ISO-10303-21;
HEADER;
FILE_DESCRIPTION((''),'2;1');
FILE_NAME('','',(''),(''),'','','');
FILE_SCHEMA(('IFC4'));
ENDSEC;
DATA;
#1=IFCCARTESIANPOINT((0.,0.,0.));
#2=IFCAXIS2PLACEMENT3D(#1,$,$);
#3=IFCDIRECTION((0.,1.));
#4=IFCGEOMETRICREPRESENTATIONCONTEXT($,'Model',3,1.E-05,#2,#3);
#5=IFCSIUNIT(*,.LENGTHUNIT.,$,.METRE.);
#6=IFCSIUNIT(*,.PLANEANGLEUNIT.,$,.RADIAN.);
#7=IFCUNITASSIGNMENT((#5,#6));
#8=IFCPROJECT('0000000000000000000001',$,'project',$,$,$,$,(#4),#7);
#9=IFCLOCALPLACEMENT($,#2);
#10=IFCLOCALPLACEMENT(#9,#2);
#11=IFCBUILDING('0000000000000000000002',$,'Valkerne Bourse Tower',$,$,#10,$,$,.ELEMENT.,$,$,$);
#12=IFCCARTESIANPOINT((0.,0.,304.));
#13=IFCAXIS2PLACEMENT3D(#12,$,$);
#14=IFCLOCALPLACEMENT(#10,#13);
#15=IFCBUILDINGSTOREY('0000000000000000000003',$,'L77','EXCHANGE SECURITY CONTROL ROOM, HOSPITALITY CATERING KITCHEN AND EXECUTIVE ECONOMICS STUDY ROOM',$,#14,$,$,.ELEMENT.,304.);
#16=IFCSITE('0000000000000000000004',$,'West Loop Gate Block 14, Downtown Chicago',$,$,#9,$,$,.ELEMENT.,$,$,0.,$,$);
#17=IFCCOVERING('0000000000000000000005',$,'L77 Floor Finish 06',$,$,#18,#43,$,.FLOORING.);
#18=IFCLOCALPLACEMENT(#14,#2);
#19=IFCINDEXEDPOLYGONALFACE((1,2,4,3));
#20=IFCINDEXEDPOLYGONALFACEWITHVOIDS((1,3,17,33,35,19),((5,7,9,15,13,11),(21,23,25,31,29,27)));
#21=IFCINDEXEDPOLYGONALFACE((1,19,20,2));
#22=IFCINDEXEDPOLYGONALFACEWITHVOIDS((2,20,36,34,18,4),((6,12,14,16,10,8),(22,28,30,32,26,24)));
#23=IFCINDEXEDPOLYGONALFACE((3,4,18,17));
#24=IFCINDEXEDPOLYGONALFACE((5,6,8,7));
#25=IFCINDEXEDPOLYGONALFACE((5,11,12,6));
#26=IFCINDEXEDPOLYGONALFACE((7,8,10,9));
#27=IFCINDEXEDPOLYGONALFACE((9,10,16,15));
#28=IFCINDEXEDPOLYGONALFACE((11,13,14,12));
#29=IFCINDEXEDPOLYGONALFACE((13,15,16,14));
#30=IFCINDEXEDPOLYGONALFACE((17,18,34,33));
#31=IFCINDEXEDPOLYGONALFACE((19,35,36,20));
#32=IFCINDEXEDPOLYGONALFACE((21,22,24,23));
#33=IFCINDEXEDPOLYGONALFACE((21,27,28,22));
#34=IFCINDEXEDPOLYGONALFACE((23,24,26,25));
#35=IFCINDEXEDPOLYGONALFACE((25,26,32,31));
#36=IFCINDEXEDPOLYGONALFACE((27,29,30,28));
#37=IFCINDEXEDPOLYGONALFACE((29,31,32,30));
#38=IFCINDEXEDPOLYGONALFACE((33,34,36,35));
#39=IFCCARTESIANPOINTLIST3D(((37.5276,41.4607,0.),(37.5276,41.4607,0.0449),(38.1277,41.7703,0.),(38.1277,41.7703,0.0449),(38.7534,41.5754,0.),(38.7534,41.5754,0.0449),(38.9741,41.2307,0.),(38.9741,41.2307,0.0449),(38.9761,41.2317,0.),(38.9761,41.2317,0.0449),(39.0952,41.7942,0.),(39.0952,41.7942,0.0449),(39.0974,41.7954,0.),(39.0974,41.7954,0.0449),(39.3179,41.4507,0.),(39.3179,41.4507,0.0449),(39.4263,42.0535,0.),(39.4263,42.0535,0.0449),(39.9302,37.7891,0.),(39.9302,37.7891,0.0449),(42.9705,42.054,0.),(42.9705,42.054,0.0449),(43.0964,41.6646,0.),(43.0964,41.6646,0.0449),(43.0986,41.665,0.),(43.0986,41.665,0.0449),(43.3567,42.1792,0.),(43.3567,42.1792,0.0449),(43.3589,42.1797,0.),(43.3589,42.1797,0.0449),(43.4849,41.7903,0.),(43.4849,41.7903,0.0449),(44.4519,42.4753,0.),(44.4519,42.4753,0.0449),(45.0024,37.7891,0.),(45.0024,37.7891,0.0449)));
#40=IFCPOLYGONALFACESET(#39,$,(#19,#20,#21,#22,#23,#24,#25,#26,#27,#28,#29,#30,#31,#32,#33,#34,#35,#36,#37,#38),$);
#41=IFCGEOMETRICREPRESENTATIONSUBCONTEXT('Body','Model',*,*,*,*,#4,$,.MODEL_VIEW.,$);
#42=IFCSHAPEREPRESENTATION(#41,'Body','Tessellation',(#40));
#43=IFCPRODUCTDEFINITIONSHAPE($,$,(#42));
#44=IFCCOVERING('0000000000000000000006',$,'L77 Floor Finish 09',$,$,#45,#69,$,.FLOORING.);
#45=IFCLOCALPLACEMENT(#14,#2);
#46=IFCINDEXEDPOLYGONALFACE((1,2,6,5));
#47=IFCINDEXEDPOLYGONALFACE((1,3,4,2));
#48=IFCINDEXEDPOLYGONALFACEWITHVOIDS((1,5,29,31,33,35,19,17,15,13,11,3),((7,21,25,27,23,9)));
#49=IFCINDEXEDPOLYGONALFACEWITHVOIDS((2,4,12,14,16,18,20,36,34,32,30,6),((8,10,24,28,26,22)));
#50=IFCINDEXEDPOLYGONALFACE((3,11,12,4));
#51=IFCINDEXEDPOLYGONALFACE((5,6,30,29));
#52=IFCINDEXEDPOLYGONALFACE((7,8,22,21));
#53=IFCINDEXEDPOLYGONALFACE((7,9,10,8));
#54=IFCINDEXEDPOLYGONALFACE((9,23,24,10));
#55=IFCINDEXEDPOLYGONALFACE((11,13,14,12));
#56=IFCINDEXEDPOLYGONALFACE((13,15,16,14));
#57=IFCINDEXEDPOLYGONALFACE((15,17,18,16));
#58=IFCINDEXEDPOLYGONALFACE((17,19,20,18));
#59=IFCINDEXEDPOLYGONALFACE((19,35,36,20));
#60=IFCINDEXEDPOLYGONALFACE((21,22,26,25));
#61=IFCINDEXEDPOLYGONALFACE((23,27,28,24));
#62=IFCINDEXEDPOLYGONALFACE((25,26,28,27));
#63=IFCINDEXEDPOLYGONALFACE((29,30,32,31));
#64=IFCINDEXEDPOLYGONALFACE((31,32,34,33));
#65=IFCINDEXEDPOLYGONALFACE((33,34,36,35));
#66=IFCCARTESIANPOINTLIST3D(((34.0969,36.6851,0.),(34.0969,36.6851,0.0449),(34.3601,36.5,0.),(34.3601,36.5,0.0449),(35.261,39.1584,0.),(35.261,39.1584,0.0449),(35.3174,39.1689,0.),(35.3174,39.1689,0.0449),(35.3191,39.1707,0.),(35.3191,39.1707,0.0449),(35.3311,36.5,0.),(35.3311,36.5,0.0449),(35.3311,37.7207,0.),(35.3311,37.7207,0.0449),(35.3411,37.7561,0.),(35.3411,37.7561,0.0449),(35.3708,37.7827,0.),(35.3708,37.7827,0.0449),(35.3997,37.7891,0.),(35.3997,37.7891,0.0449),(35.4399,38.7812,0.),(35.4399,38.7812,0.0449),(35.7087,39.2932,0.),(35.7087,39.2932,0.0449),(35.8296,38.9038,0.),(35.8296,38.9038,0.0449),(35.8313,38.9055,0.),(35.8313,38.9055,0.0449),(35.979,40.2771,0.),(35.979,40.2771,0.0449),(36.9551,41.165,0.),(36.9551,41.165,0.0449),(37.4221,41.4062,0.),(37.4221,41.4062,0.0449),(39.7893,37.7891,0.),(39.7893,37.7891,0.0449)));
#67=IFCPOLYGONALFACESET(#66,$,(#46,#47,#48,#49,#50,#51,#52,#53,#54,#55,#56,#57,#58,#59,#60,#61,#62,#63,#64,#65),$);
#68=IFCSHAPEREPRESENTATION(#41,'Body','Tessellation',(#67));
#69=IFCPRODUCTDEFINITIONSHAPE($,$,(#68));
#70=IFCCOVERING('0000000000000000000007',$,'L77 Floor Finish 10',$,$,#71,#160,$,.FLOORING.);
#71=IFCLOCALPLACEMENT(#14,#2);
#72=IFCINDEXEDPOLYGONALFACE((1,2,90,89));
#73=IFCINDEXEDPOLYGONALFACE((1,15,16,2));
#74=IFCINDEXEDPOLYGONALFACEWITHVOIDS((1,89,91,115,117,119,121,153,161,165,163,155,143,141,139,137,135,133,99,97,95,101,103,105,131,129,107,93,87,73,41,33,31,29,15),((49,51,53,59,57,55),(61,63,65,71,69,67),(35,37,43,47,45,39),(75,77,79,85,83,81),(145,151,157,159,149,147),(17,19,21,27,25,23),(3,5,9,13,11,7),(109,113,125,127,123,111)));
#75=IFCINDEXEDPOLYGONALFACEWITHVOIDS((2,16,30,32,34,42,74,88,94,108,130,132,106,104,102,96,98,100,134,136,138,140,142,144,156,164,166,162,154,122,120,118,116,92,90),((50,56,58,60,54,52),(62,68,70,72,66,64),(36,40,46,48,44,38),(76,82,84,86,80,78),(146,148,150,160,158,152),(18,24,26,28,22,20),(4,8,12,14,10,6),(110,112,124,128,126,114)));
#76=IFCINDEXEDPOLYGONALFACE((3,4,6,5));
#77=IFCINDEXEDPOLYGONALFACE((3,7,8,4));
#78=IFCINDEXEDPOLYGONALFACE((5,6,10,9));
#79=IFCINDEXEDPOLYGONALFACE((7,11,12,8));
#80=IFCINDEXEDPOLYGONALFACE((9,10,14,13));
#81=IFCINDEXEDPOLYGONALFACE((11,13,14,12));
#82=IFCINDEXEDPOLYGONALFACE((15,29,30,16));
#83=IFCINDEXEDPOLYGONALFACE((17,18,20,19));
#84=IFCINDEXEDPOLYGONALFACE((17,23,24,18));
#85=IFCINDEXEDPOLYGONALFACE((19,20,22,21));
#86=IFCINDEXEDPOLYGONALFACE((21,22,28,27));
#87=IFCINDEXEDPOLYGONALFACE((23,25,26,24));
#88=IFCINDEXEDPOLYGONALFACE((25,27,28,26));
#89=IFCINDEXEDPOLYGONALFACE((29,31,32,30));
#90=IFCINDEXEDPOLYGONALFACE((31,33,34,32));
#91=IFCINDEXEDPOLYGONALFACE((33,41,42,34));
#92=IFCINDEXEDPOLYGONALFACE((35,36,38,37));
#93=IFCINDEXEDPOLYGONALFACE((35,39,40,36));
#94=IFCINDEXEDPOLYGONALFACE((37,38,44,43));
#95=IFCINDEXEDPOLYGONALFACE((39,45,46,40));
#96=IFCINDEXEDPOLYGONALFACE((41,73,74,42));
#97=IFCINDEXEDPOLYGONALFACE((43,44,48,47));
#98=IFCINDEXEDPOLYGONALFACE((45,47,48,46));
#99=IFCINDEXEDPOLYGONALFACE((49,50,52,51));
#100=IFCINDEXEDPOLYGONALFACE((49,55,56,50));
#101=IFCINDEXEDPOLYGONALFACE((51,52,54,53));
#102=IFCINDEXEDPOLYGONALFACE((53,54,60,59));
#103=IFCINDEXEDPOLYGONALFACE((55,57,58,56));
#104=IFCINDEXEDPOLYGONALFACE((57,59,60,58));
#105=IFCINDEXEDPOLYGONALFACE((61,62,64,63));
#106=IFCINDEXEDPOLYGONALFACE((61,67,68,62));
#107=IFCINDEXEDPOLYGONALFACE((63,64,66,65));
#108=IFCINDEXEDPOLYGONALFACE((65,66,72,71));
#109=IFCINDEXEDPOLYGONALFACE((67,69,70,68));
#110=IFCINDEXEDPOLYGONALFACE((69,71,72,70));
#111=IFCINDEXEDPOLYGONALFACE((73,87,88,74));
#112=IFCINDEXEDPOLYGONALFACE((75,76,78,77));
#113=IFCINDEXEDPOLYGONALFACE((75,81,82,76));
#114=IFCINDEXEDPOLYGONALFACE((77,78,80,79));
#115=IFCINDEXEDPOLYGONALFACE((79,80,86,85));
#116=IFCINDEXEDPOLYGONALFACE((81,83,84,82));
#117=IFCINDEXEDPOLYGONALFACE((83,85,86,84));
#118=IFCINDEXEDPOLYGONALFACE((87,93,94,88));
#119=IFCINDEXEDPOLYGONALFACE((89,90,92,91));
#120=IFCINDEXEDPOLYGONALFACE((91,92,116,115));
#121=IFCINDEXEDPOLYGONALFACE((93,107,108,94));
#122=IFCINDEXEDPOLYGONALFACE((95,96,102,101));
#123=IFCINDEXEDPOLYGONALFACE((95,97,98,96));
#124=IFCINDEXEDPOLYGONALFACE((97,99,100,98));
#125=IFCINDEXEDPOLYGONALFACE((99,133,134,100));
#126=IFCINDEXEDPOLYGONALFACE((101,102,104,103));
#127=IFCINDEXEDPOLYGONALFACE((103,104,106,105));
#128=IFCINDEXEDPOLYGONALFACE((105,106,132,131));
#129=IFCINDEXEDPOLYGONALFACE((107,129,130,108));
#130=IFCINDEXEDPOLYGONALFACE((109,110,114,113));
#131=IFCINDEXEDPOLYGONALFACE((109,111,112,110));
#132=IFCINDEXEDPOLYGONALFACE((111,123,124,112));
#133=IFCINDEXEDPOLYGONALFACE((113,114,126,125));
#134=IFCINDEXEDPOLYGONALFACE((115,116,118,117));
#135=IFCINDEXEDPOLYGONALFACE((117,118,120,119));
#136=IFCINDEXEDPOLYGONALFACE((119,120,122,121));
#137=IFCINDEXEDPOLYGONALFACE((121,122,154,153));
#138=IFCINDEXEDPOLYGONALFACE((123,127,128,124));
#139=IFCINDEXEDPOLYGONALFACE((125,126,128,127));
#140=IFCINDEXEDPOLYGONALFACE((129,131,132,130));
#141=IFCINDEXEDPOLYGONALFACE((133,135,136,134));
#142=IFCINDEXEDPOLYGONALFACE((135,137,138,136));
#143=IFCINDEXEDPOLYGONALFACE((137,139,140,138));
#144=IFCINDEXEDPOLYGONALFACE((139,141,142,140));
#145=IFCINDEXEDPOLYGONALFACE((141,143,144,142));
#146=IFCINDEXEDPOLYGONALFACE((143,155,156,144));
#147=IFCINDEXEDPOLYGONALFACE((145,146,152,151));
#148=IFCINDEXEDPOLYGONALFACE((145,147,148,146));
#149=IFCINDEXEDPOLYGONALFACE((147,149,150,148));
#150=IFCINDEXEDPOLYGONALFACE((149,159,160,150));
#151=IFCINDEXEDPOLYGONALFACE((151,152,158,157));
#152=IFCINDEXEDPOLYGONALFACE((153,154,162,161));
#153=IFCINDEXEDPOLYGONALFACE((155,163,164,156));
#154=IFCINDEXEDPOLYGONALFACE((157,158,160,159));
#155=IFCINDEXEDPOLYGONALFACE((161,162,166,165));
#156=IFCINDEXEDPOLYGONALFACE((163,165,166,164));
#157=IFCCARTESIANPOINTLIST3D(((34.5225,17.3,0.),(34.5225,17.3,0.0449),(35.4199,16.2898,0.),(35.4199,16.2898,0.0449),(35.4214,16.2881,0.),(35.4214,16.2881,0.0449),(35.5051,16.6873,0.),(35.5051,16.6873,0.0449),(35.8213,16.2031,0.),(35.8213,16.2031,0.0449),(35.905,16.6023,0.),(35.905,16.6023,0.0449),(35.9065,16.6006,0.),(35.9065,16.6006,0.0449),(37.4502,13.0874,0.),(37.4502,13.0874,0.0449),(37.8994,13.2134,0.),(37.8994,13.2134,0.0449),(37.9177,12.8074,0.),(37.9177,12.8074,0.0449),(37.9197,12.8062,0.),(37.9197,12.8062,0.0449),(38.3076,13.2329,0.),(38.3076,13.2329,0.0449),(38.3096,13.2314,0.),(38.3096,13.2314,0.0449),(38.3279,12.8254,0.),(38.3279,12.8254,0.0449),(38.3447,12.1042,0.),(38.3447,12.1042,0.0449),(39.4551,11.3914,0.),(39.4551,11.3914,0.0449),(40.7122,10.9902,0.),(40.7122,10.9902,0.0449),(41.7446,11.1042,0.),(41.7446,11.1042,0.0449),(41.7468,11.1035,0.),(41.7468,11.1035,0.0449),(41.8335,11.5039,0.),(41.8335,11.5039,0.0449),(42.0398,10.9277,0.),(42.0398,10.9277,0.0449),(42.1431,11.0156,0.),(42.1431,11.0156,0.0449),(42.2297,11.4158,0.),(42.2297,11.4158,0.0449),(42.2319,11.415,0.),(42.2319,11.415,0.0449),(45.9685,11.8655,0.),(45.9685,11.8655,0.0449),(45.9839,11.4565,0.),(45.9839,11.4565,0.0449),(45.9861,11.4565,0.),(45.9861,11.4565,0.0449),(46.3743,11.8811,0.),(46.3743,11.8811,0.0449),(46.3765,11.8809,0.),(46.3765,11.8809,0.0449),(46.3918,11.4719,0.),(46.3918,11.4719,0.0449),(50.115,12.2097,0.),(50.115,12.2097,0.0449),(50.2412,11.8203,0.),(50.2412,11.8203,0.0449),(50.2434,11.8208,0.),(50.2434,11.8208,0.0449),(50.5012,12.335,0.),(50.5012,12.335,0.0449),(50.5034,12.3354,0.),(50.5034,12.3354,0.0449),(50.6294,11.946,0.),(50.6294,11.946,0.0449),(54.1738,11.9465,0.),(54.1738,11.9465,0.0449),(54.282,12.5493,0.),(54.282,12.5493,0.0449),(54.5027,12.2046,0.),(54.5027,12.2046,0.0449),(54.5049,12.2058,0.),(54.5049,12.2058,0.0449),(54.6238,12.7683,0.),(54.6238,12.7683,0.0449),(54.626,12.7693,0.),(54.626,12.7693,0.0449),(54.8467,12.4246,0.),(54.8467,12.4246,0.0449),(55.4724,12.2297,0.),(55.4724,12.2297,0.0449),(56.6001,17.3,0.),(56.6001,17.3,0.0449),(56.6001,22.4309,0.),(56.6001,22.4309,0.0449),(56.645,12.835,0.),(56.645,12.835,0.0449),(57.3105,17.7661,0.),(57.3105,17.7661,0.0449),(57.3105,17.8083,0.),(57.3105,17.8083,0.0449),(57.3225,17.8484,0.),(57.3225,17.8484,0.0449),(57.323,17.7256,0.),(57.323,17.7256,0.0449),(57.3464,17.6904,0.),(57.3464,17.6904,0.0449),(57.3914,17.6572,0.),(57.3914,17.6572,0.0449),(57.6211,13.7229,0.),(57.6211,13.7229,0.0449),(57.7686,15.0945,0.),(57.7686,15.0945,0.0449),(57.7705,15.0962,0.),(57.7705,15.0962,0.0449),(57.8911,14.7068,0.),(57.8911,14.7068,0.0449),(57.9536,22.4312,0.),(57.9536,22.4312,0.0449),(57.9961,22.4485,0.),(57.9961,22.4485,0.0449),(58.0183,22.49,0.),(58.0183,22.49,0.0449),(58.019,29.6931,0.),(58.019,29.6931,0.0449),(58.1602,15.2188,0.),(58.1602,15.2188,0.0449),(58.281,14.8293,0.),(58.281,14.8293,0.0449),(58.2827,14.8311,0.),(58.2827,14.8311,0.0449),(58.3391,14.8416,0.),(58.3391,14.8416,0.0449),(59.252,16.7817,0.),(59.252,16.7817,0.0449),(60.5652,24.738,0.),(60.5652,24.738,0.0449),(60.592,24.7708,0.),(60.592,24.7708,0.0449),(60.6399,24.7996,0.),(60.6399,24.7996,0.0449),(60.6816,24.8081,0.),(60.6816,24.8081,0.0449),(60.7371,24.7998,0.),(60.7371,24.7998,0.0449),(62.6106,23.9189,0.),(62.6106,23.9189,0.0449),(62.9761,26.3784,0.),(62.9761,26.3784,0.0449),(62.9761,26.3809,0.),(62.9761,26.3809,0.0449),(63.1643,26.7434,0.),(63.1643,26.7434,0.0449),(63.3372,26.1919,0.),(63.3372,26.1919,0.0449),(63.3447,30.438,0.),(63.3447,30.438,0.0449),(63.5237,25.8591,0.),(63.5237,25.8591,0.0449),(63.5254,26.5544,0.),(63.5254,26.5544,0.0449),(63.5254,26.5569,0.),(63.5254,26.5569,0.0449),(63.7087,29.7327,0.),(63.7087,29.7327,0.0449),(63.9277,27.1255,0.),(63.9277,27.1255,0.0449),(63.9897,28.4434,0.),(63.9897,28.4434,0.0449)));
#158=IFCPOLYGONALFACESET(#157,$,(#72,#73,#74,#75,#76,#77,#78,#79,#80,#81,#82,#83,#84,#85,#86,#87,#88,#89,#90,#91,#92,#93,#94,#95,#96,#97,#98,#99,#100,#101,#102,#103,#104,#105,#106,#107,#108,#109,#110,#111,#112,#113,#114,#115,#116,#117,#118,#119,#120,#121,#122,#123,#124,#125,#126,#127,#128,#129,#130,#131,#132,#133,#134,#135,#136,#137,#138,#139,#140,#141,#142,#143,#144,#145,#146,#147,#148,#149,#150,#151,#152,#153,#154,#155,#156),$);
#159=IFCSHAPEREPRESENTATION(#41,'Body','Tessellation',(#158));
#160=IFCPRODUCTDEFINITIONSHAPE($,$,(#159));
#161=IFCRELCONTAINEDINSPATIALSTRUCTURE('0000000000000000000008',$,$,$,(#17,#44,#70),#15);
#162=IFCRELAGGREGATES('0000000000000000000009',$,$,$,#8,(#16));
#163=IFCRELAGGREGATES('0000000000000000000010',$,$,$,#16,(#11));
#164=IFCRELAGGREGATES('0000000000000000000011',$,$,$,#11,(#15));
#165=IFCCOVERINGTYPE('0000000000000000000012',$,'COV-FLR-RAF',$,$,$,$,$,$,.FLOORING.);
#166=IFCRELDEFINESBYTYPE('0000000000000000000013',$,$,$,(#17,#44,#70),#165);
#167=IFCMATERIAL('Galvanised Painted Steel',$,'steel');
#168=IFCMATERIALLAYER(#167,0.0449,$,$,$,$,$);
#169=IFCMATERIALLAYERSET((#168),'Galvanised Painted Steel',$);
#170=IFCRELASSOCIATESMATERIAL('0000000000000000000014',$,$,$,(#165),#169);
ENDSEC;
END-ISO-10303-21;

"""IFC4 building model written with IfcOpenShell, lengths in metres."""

from ifc_helpers import new_model, si_unit, direction, frame, origin, place, context, subcontext, project, spatial, polyline, outline, extrude, material, layer, layer_set, type_object, element, save


model = new_model("IFC4")

# Units and contexts
model_context = context("Model", 3, precision=1e-05, world=origin(), true_north=direction((0.0, 1.0)))
body_context = subcontext(model_context, "Body", "Model", "MODEL_VIEW")
ifc_project = project(units=[si_unit("LENGTHUNIT", "METRE"), si_unit("PLANEANGLEUNIT", "RADIAN")], contexts=[model_context])

# Site, building, storey
site_placement = place(None, origin())
site = spatial("IfcSite", under=ifc_project, at=site_placement, Name="West Loop Gate Block 14, Downtown Chicago", CompositionType="ELEMENT", RefElevation=0.0)
building_placement = place(site_placement, origin())
building = spatial("IfcBuilding", under=site, at=building_placement, Name="Valkerne Bourse Tower", CompositionType="ELEMENT")
storey_placement = place(building_placement, frame((0.0, 0.0, 304.0)))
storey = spatial("IfcBuildingStorey", under=building, at=storey_placement, Name="L77", Description="EXCHANGE SECURITY CONTROL ROOM, HOSPITALITY CATERING KITCHEN AND EXECUTIVE ECONOMICS STUDY ROOM", CompositionType="ELEMENT", Elevation=304.0)

# Coverings
ifc_material_1 = material(Name="Galvanised Painted Steel", Category="steel")
ifc_layer_1 = layer(ifc_material_1, 0.0449)
ifc_layer_set_1 = layer_set([ifc_layer_1], Name="Galvanised Painted Steel")
covering_type_1 = type_object("IfcCoveringType", Name="COV-FLR-RAF", PredefinedType="FLOORING", material=ifc_layer_set_1)
covering_1_placement = place(storey_placement, origin())
element("IfcCovering", 1, at=covering_1_placement, inside=storey, type_object=covering_type_1, Name="L77 Floor Finish 06", PredefinedType="FLOORING", context=body_context, shape_type="SweptSolid", body=[
    extrude(outline(polyline([(44.4519, 42.4753), (45.0024, 37.7891), (39.9302, 37.7891), (37.5276, 41.4607), (38.1277, 41.7703), (39.4263, 42.0535), (44.4519, 42.4753)]), holes=[polyline([(38.9761, 41.2317), (39.3179, 41.4507), (39.0974, 41.7954), (39.0952, 41.7942), (38.7534, 41.5754), (38.9741, 41.2307), (38.9761, 41.2317)]), polyline([(43.4849, 41.7903), (43.3589, 42.1797), (43.3567, 42.1792), (42.9705, 42.054), (43.0964, 41.6646), (43.0986, 41.665), (43.4849, 41.7903)])]), origin(), (0.0, 0.0, 1.0), 0.0449),
])
covering_2_placement = place(storey_placement, origin())
element("IfcCovering", 2, at=covering_2_placement, inside=storey, type_object=covering_type_1, Name="L77 Floor Finish 09", PredefinedType="FLOORING", context=body_context, shape_type="SweptSolid", body=[
    extrude(outline(polyline([(36.9551, 41.165), (37.4221, 41.4062), (39.7893, 37.7891), (35.3997, 37.7891), (35.3708, 37.7827), (35.3411, 37.7561), (35.3311, 37.7207), (35.3311, 36.5), (34.3601, 36.5), (34.0969, 36.6851), (35.261, 39.1584), (35.979, 40.2771), (36.9551, 41.165)]), holes=[polyline([(35.8296, 38.9038), (35.8313, 38.9055), (35.7087, 39.2932), (35.3191, 39.1707), (35.3174, 39.1689), (35.4399, 38.7812), (35.8296, 38.9038)])]), origin(), (0.0, 0.0, 1.0), 0.0449),
])
covering_3_placement = place(storey_placement, origin())
element("IfcCovering", 3, at=covering_3_placement, inside=storey, type_object=covering_type_1, Name="L77 Floor Finish 10", PredefinedType="FLOORING", context=body_context, shape_type="SweptSolid", body=[
    extrude(outline(polyline([(54.1738, 11.9465), (42.0398, 10.9277), (40.7122, 10.9902), (39.4551, 11.3914), (38.3447, 12.1042), (37.4502, 13.0874), (34.5225, 17.3), (56.6001, 17.3), (56.6001, 22.4309), (57.9536, 22.4312), (57.9961, 22.4485), (58.0183, 22.49), (58.019, 29.6931), (63.3447, 30.438), (63.7087, 29.7327), (63.9897, 28.4434), (63.9277, 27.1255), (63.5237, 25.8591), (62.6106, 23.9189), (60.7371, 24.7998), (60.6816, 24.8081), (60.6399, 24.7996), (60.592, 24.7708), (60.5652, 24.738), (57.3225, 17.8484), (57.3105, 17.8083), (57.3105, 17.7661), (57.323, 17.7256), (57.3464, 17.6904), (57.3914, 17.6572), (59.252, 16.7817), (58.3391, 14.8416), (57.6211, 13.7229), (56.645, 12.835), (55.4724, 12.2297), (54.1738, 11.9465)]), holes=[polyline([(42.2297, 11.4158), (41.8335, 11.5039), (41.7446, 11.1042), (41.7468, 11.1035), (42.1431, 11.0156), (42.2319, 11.415), (42.2297, 11.4158)]), polyline([(46.3765, 11.8809), (46.3743, 11.8811), (45.9685, 11.8655), (45.9839, 11.4565), (45.9861, 11.4565), (46.3918, 11.4719), (46.3765, 11.8809)]), polyline([(38.3096, 13.2314), (38.3076, 13.2329), (37.8994, 13.2134), (37.9177, 12.8074), (37.9197, 12.8062), (38.3279, 12.8254), (38.3096, 13.2314)]), polyline([(35.905, 16.6023), (35.5051, 16.6873), (35.4199, 16.2898), (35.4214, 16.2881), (35.8213, 16.2031), (35.9065, 16.6006), (35.905, 16.6023)]), polyline([(50.6294, 11.946), (50.5034, 12.3354), (50.5012, 12.335), (50.115, 12.2097), (50.2412, 11.8203), (50.2434, 11.8208), (50.6294, 11.946)]), polyline([(54.8467, 12.4246), (54.626, 12.7693), (54.6238, 12.7683), (54.282, 12.5493), (54.5027, 12.2046), (54.5049, 12.2058), (54.8467, 12.4246)]), polyline([(58.2827, 14.8311), (58.1602, 15.2188), (57.7705, 15.0962), (57.7686, 15.0945), (57.8911, 14.7068), (58.281, 14.8293), (58.2827, 14.8311)]), polyline([(63.5254, 26.5544), (63.5254, 26.5569), (63.1643, 26.7434), (62.9761, 26.3809), (62.9761, 26.3784), (63.3372, 26.1919), (63.5254, 26.5544)])]), origin(), (0.0, 0.0, 1.0), 0.0449),
])

save(model, "model.ifc")
